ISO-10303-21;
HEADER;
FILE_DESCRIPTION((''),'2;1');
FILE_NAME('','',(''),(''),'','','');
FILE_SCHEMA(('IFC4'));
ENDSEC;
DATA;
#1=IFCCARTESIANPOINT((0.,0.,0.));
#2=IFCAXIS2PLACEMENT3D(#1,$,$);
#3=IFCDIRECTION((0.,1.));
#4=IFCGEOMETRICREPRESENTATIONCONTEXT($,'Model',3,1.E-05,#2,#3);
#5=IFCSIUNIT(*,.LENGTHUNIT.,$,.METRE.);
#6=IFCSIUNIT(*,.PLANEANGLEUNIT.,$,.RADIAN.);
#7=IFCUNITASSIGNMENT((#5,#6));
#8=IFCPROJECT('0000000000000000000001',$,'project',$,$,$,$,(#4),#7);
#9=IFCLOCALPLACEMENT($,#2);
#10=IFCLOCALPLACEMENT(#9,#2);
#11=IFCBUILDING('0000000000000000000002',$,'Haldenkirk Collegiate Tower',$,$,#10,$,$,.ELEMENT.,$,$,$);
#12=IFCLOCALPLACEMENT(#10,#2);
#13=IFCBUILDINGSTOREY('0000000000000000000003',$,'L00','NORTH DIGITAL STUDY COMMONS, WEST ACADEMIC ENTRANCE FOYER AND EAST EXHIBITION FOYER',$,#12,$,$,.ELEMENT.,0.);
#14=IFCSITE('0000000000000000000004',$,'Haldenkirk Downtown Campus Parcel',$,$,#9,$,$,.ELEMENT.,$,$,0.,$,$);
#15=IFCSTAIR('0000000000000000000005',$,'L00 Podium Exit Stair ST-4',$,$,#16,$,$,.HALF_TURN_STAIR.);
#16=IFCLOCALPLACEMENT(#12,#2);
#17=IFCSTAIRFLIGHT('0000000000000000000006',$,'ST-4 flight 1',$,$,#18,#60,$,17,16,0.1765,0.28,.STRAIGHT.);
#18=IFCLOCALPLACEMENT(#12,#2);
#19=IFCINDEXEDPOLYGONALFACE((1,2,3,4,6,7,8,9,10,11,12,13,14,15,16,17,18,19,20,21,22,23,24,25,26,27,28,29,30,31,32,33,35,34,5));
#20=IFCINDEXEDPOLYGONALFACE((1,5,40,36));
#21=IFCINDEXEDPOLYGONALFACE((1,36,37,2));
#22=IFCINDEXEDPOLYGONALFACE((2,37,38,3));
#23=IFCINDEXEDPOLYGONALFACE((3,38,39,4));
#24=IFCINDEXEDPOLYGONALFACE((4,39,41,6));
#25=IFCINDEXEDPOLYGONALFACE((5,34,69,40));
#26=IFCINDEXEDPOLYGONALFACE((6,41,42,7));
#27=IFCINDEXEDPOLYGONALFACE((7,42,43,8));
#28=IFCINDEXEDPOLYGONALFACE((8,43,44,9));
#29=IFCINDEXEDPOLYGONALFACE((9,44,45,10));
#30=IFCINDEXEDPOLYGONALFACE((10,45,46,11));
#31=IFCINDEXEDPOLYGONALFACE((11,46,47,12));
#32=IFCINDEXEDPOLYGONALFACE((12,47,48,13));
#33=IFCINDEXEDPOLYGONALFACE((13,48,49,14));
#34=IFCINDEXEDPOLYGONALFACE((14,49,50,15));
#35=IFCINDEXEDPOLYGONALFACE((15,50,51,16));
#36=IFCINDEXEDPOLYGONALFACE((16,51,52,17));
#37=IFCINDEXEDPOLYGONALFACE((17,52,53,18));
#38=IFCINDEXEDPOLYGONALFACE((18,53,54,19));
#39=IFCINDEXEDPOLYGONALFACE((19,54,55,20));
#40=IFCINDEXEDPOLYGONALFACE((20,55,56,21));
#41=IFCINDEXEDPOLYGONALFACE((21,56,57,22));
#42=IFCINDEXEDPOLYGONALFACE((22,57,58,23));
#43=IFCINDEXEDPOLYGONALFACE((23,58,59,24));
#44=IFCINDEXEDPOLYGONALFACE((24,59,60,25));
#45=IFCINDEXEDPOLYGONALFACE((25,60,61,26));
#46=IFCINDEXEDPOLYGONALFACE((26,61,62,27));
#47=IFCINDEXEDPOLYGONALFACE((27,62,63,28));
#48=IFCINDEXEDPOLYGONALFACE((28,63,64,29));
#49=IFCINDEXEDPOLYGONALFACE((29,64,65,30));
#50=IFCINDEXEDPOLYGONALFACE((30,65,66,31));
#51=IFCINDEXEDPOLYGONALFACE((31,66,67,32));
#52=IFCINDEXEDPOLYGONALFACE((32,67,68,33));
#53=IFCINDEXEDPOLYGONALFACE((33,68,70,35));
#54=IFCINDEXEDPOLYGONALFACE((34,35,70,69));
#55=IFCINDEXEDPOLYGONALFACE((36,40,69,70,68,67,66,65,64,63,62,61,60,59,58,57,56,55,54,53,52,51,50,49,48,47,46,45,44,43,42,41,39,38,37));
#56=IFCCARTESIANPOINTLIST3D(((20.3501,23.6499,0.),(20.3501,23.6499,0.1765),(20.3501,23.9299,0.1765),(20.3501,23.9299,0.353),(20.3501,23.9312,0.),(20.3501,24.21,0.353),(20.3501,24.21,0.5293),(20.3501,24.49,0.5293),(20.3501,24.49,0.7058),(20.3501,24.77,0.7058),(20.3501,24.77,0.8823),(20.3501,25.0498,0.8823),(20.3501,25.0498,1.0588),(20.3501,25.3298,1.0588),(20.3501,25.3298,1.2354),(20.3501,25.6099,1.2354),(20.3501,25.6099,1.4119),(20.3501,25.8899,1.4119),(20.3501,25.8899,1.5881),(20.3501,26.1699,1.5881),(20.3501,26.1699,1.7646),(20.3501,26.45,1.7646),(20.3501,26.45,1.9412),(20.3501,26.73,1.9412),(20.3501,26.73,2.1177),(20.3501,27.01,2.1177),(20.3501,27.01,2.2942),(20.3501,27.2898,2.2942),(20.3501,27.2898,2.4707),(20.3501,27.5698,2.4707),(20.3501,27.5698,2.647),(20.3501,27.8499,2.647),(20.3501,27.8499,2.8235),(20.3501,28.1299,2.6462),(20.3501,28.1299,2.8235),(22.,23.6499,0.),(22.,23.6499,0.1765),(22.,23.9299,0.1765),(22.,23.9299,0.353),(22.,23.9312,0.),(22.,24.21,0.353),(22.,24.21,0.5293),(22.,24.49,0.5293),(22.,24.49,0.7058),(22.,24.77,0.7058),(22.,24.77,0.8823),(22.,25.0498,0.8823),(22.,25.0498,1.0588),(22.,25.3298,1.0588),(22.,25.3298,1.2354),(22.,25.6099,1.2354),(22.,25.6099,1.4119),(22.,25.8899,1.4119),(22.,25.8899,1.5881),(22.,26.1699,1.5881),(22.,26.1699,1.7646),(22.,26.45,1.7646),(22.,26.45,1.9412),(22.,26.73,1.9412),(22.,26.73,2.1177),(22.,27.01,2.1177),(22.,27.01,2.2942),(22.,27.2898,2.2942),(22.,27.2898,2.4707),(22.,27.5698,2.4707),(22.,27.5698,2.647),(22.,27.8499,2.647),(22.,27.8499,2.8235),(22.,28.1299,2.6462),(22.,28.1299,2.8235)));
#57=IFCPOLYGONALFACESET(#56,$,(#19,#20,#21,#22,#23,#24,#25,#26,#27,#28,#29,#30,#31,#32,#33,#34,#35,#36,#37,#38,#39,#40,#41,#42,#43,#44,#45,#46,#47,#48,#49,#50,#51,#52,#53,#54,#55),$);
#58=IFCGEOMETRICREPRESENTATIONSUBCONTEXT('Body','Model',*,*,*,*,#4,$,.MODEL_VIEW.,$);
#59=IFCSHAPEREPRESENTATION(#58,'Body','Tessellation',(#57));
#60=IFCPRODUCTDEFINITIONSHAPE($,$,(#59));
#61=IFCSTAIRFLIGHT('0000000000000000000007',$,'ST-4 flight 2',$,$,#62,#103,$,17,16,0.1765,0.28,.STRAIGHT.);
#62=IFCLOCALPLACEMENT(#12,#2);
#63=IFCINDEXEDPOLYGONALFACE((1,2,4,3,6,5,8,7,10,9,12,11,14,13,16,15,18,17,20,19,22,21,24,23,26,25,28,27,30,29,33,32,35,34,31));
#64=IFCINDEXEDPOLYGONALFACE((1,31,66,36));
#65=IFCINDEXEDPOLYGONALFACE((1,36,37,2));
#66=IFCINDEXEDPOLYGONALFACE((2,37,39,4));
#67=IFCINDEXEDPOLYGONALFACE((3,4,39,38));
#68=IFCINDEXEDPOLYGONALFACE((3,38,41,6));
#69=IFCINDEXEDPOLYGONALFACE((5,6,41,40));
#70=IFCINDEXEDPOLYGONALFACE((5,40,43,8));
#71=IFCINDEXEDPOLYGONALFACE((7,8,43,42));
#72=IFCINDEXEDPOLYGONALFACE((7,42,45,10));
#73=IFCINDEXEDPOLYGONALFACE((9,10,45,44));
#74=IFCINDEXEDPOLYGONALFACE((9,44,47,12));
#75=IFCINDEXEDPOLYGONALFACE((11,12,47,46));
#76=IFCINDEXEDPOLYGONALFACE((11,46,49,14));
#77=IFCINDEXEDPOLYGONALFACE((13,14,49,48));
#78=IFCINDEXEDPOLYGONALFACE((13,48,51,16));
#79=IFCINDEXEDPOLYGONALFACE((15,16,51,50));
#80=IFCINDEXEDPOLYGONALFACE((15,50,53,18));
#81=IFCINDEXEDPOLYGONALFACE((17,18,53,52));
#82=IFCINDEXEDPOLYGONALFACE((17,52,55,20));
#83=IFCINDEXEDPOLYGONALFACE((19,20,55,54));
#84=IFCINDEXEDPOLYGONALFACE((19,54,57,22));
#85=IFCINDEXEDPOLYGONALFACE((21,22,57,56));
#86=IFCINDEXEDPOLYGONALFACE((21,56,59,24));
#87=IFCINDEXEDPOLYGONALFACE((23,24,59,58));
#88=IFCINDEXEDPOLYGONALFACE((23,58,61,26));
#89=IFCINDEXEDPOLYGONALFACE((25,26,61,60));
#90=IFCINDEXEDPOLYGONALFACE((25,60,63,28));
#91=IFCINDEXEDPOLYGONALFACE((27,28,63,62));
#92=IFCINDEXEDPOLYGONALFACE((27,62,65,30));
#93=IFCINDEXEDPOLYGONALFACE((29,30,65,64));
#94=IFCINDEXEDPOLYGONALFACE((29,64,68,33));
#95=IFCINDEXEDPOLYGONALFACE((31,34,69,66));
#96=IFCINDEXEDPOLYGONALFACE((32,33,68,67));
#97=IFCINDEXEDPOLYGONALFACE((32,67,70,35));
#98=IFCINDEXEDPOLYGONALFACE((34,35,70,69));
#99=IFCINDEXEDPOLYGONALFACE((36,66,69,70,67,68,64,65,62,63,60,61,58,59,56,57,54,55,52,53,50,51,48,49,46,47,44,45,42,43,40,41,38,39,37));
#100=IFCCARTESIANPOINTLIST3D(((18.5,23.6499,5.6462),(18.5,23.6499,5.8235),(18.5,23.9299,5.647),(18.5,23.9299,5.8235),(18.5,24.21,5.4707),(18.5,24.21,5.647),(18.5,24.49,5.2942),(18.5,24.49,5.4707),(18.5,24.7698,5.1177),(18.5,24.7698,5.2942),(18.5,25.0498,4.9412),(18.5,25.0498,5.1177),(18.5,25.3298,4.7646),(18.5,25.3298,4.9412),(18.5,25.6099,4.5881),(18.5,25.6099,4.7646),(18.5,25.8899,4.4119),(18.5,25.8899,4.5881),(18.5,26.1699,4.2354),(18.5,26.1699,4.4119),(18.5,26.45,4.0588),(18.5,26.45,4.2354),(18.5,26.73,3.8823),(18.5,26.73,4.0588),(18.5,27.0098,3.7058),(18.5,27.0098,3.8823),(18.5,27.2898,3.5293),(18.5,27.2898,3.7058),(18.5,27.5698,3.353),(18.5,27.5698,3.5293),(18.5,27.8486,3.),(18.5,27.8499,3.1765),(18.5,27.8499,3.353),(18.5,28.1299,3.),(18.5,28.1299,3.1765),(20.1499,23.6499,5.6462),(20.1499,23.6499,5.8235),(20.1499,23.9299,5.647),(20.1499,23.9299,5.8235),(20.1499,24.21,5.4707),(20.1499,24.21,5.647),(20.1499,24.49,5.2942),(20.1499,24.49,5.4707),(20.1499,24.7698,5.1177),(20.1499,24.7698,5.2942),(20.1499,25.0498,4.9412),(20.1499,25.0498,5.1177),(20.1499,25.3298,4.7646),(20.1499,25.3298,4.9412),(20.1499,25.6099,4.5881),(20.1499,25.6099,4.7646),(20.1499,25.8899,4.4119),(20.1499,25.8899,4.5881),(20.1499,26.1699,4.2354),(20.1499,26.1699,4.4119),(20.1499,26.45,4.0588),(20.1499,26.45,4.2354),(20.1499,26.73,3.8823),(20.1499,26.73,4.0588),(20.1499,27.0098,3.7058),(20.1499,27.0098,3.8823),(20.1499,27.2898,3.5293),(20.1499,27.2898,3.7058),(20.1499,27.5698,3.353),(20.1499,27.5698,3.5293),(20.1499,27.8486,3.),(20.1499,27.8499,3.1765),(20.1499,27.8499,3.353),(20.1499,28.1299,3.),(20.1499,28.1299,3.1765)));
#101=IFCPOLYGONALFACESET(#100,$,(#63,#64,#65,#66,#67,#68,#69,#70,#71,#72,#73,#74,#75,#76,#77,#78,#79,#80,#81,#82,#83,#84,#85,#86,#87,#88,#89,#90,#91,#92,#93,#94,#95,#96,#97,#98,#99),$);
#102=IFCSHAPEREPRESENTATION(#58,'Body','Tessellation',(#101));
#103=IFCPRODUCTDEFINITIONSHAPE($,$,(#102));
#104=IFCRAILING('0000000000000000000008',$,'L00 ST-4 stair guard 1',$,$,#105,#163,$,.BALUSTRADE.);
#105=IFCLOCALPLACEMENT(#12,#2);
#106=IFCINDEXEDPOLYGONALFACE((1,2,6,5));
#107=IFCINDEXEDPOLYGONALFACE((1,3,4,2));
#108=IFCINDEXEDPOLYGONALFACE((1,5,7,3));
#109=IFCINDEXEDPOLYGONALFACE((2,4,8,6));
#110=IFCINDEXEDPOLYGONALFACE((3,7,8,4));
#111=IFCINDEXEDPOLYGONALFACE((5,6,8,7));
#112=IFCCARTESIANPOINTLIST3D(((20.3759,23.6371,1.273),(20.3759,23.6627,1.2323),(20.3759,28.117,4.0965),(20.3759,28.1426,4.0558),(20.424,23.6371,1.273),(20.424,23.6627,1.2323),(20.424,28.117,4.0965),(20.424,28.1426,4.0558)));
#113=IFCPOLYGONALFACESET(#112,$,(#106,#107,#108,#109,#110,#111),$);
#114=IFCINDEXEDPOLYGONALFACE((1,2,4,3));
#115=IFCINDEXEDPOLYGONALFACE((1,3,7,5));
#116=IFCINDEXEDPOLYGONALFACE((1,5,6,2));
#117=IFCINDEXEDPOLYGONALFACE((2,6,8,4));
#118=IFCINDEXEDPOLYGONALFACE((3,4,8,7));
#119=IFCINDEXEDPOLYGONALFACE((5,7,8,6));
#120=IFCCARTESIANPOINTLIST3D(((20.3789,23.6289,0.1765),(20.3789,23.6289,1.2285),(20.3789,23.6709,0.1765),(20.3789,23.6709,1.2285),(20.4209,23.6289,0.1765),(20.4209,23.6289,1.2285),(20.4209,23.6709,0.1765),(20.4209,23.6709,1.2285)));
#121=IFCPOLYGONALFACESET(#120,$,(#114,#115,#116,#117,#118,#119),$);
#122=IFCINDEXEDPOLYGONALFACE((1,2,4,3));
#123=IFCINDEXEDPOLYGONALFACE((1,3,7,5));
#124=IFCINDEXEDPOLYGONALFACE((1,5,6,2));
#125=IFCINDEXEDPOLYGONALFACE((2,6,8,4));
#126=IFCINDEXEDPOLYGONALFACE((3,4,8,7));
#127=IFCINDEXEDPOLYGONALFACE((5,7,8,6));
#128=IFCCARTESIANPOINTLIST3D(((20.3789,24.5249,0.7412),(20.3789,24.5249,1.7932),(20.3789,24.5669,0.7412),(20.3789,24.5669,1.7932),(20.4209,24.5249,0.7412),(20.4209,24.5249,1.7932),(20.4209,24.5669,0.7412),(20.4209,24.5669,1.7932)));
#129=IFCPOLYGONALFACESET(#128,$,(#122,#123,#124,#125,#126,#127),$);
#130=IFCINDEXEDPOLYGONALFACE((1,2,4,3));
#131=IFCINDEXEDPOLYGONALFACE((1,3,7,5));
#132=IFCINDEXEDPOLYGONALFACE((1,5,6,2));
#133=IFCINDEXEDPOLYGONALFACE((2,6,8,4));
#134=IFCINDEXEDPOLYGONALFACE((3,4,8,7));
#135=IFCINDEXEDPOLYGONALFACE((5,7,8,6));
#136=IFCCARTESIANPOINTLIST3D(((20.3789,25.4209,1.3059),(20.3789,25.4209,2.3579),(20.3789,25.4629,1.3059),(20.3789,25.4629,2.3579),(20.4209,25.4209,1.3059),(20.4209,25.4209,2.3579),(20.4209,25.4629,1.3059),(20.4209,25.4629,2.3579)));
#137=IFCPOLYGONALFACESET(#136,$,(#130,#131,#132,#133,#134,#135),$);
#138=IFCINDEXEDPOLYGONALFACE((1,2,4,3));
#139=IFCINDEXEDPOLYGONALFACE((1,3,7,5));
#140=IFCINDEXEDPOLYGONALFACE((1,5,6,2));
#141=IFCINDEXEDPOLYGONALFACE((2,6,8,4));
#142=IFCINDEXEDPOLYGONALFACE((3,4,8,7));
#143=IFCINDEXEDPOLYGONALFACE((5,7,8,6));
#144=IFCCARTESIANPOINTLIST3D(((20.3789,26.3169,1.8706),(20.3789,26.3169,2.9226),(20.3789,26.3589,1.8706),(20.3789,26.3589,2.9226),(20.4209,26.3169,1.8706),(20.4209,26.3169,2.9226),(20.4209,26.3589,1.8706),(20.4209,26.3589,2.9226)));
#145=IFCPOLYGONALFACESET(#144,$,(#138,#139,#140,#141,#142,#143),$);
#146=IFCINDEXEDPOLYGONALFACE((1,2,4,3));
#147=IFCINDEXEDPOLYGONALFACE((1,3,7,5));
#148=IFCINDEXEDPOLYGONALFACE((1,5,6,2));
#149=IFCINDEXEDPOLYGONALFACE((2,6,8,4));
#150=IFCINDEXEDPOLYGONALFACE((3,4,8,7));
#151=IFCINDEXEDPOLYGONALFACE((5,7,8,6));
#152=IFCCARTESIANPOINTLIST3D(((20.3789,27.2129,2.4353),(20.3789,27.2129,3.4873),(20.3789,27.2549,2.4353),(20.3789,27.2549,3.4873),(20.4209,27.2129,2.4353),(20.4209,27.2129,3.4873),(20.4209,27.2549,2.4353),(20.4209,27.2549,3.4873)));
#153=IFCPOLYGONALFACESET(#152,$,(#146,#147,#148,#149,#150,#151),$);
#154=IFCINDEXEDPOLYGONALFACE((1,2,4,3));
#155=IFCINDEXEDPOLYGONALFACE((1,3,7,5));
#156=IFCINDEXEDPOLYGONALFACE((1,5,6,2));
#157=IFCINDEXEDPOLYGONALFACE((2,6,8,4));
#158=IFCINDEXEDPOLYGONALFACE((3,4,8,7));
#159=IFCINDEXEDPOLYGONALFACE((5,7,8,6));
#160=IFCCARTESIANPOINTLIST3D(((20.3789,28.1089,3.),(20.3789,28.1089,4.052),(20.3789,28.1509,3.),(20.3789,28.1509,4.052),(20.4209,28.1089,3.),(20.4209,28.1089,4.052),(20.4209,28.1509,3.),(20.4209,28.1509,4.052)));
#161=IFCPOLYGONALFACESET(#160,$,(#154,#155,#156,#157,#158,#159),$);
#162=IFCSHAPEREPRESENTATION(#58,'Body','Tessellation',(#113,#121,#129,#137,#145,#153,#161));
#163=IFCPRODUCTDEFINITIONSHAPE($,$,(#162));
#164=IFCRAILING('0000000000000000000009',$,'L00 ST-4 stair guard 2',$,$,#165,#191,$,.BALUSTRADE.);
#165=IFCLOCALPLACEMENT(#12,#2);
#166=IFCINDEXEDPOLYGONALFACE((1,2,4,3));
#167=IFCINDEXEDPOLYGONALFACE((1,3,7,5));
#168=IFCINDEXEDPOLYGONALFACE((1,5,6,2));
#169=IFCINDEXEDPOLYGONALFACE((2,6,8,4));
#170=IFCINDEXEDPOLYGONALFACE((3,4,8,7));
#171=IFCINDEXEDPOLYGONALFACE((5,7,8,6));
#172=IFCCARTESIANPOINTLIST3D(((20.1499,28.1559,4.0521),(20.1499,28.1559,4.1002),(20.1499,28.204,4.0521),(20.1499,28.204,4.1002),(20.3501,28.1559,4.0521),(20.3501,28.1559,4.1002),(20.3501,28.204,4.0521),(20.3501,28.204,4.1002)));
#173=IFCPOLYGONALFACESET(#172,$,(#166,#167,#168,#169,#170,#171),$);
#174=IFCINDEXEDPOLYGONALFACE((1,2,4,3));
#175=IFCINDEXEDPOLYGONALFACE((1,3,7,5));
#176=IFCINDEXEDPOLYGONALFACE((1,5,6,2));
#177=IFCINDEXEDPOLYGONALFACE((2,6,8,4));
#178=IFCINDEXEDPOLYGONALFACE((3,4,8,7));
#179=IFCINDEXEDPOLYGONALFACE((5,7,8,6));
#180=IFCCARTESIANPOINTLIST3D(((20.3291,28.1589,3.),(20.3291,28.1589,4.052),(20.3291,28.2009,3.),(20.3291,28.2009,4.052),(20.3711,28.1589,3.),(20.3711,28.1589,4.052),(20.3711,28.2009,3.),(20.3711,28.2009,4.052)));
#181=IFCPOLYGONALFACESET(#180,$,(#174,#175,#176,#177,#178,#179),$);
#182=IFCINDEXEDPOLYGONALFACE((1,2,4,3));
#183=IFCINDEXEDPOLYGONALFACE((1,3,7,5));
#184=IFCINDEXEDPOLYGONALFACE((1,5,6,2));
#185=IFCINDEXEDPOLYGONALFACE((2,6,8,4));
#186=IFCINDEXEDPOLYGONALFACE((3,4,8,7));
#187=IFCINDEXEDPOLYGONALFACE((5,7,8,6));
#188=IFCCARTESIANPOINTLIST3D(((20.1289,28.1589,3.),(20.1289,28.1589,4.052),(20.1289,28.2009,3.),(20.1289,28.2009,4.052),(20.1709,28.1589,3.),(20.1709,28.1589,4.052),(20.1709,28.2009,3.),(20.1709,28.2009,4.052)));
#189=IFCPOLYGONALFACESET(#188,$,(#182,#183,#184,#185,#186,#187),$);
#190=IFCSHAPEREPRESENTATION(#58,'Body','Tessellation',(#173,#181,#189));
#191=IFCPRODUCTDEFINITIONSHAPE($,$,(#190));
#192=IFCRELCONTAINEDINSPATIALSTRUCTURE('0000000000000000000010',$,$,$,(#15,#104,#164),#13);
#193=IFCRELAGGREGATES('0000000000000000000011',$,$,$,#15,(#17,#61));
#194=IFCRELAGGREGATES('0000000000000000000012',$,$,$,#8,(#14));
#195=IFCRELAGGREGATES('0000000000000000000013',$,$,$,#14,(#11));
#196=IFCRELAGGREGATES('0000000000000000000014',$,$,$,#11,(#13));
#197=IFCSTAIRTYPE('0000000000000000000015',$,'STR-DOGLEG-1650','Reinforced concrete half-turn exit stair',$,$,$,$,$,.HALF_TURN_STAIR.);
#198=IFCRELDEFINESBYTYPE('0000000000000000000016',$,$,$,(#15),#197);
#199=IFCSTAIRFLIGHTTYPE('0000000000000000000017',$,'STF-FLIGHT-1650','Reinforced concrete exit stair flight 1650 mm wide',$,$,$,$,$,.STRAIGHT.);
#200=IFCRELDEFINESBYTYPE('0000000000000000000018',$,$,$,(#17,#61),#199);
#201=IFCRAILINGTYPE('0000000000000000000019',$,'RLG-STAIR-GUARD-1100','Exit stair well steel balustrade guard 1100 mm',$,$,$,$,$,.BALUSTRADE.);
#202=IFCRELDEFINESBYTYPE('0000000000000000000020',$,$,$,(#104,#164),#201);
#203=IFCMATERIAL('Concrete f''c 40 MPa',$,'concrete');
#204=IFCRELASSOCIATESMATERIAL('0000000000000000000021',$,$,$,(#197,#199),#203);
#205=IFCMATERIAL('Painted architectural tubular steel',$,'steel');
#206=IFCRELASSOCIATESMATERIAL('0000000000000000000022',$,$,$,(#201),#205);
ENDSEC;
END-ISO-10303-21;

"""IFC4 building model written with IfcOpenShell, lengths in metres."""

from ifc_helpers import new_model, si_unit, direction, frame, origin, origin_2d, place, context, subcontext, project, spatial, polyline, rectangle, outline, extrude, material, type_object, element, aggregate, save


model = new_model("IFC4")

# Units and contexts
model_context = context("Model", 3, precision=1e-05, world=origin(), true_north=direction((0.0, 1.0)))
body_context = subcontext(model_context, "Body", "Model", "MODEL_VIEW")
ifc_project = project(units=[si_unit("LENGTHUNIT", "METRE"), si_unit("PLANEANGLEUNIT", "RADIAN")], contexts=[model_context])

# Site, building, storey
site_placement = place(None, origin())
site = spatial("IfcSite", under=ifc_project, at=site_placement, Name="Haldenkirk Downtown Campus Parcel", CompositionType="ELEMENT", RefElevation=0.0)
building_placement = place(site_placement, origin())
building = spatial("IfcBuilding", under=site, at=building_placement, Name="Haldenkirk Collegiate Tower", CompositionType="ELEMENT")
storey_placement = place(building_placement, origin())
storey = spatial("IfcBuildingStorey", under=building, at=storey_placement, Name="L00", Description="NORTH DIGITAL STUDY COMMONS, WEST ACADEMIC ENTRANCE FOYER AND EAST EXHIBITION FOYER", CompositionType="ELEMENT", Elevation=0.0)

# Stair, stair flights
ifc_material_1 = material(Name="Concrete f'c 40 MPa", Category="concrete")
stair_type = type_object("IfcStairType", Name="STR-DOGLEG-1650", Description="Reinforced concrete half-turn exit stair", PredefinedType="HALF_TURN_STAIR", material=ifc_material_1)
stair_placement = place(storey_placement, origin())
stair = element("IfcStair", 1, at=stair_placement, inside=storey, type_object=stair_type, Name="L00 Podium Exit Stair ST-4", PredefinedType="HALF_TURN_STAIR")
stair_flight_type = type_object("IfcStairFlightType", Name="STF-FLIGHT-1650", Description="Reinforced concrete exit stair flight 1650 mm wide", PredefinedType="STRAIGHT", material=ifc_material_1)
stair_flight_1_placement = place(storey_placement, frame((21.175, 23.6499, 0.0), z_axis=(0.0, 0.0, 1.0), x_axis=(0.0, 1.0, 0.0)))
stair_flight_1 = element("IfcStairFlight", 2, at=stair_flight_1_placement, type_object=stair_flight_type, Name="ST-4 flight 1", NumberOfRisers=17, NumberOfTreads=16, PredefinedType="STRAIGHT", RiserHeight=0.1765, TreadLength=0.28, context=body_context, shape_type="SweptSolid", body=[
    extrude(outline(polyline([(0.0, 0.0), (0.0, 0.1765), (0.28, 0.1765), (0.28, 0.353), (0.5601, 0.353), (0.5601, 0.5293), (0.8401, 0.5293), (0.8401, 0.7058), (1.1201, 0.7058), (1.1201, 0.8823), (1.3999, 0.8823), (1.3999, 1.0588), (1.6799, 1.0588), (1.6799, 1.2354), (1.96, 1.2354), (1.96, 1.4119), (2.24, 1.4119), (2.24, 1.5881), (2.52, 1.5881), (2.52, 1.7646), (2.8, 1.7646), (2.8, 1.9412), (3.0801, 1.9412), (3.0801, 2.1177), (3.3601, 2.1177), (3.3601, 2.2942), (3.6399, 2.2942), (3.6399, 2.4707), (3.9199, 2.4707), (3.9199, 2.647), (4.2, 2.647), (4.2, 2.8235), (4.48, 2.8235), (4.48, 3.0), (4.48, 2.6462), (0.2812, 0.0), (0.0, 0.0)])), frame((0.0, 0.825, 0.0), z_axis=(0.0, -1.0, 0.0), x_axis=(1.0, 0.0, 0.0)), (0.0, 0.0, 1.0), 1.6499),
])
stair_flight_2_placement = place(storey_placement, frame((19.325, 28.1299, 3.0), z_axis=(0.0, 0.0, 1.0), x_axis=(0.0, -1.0, 0.0)))
stair_flight_2 = element("IfcStairFlight", 3, at=stair_flight_2_placement, type_object=stair_flight_type, Name="ST-4 flight 2", NumberOfRisers=17, NumberOfTreads=16, PredefinedType="STRAIGHT", RiserHeight=0.1765, TreadLength=0.28, context=body_context, shape_type="SweptSolid", body=[
    extrude(outline(polyline([(0.0, 0.0), (0.0, 0.1765), (0.28, 0.1765), (0.28, 0.353), (0.5601, 0.353), (0.5601, 0.5293), (0.8401, 0.5293), (0.8401, 0.7058), (1.1201, 0.7058), (1.1201, 0.8823), (1.3999, 0.8823), (1.3999, 1.0588), (1.6799, 1.0588), (1.6799, 1.2354), (1.96, 1.2354), (1.96, 1.4119), (2.24, 1.4119), (2.24, 1.5881), (2.52, 1.5881), (2.52, 1.7646), (2.8, 1.7646), (2.8, 1.9412), (3.0801, 1.9412), (3.0801, 2.1177), (3.3601, 2.1177), (3.3601, 2.2942), (3.6399, 2.2942), (3.6399, 2.4707), (3.9199, 2.4707), (3.9199, 2.647), (4.2, 2.647), (4.2, 2.8235), (4.48, 2.8235), (4.48, 3.0), (4.48, 2.6462), (0.2812, 0.0), (0.0, 0.0)])), frame((0.0, 0.825, 0.0), z_axis=(0.0, -1.0, 0.0), x_axis=(1.0, 0.0, 0.0)), (0.0, 0.0, 1.0), 1.6499),
])
aggregate(stair, [stair_flight_1, stair_flight_2])

# Railings
ifc_material_2 = material(Name="Painted architectural tubular steel", Category="steel")
railing_type_1 = type_object("IfcRailingType", Name="RLG-STAIR-GUARD-1100", Description="Exit stair well steel balustrade guard 1100 mm", PredefinedType="BALUSTRADE", material=ifc_material_2)
railing_1_placement = place(storey_placement, frame((20.3999, 23.6499, 0.1765)))
element("IfcRailing", 4, at=railing_1_placement, inside=storey, type_object=railing_type_1, Name="L00 ST-4 stair guard 1", PredefinedType="BALUSTRADE", context=body_context, shape_type="SweptSolid", body=[
    extrude(rectangle(XDim=0.0481, YDim=0.0481, at=origin_2d()), frame((0.0, 0.0, 1.0762), z_axis=(0.0, 0.845998, 0.533186), x_axis=(-1.0, 0.0, 0.0)), (0.0, 0.0, 1.0), 5.2954),
    extrude(rectangle(XDim=0.042, YDim=0.042, at=origin_2d()), origin(), (0.0, 0.0, 1.0), 1.052),
    extrude(rectangle(XDim=0.042, YDim=0.042, at=origin_2d()), frame((0.0, 0.896, 0.5647)), (0.0, 0.0, 1.0), 1.052),
    extrude(rectangle(XDim=0.042, YDim=0.042, at=origin_2d()), frame((0.0, 1.792, 1.1294)), (0.0, 0.0, 1.0), 1.052),
    extrude(rectangle(XDim=0.042, YDim=0.042, at=origin_2d()), frame((0.0, 2.688, 1.6941)), (0.0, 0.0, 1.0), 1.052),
    extrude(rectangle(XDim=0.042, YDim=0.042, at=origin_2d()), frame((0.0, 3.584, 2.2588)), (0.0, 0.0, 1.0), 1.052),
    extrude(rectangle(XDim=0.042, YDim=0.042, at=origin_2d()), frame((0.0, 4.48, 2.8235)), (0.0, 0.0, 1.0), 1.052),
])
railing_2_placement = place(storey_placement, frame((20.3501, 28.1799, 3.0)))
element("IfcRailing", 5, at=railing_2_placement, inside=storey, type_object=railing_type_1, Name="L00 ST-4 stair guard 2", PredefinedType="BALUSTRADE", context=body_context, shape_type="SweptSolid", body=[
    extrude(rectangle(XDim=0.0481, YDim=0.0481, at=origin_2d()), frame((0.0, 0.0, 1.0762), z_axis=(-1.0, 0.0, 0.0), x_axis=(0.0, -1.0, 0.0)), (0.0, 0.0, 1.0), 0.2002),
    extrude(rectangle(XDim=0.042, YDim=0.042, at=origin_2d()), origin(), (0.0, 0.0, 1.0), 1.052),
    extrude(rectangle(XDim=0.042, YDim=0.042, at=origin_2d()), frame((-0.2002, 0.0, 0.0)), (0.0, 0.0, 1.0), 1.052),
])

save(model, "model.ifc")
